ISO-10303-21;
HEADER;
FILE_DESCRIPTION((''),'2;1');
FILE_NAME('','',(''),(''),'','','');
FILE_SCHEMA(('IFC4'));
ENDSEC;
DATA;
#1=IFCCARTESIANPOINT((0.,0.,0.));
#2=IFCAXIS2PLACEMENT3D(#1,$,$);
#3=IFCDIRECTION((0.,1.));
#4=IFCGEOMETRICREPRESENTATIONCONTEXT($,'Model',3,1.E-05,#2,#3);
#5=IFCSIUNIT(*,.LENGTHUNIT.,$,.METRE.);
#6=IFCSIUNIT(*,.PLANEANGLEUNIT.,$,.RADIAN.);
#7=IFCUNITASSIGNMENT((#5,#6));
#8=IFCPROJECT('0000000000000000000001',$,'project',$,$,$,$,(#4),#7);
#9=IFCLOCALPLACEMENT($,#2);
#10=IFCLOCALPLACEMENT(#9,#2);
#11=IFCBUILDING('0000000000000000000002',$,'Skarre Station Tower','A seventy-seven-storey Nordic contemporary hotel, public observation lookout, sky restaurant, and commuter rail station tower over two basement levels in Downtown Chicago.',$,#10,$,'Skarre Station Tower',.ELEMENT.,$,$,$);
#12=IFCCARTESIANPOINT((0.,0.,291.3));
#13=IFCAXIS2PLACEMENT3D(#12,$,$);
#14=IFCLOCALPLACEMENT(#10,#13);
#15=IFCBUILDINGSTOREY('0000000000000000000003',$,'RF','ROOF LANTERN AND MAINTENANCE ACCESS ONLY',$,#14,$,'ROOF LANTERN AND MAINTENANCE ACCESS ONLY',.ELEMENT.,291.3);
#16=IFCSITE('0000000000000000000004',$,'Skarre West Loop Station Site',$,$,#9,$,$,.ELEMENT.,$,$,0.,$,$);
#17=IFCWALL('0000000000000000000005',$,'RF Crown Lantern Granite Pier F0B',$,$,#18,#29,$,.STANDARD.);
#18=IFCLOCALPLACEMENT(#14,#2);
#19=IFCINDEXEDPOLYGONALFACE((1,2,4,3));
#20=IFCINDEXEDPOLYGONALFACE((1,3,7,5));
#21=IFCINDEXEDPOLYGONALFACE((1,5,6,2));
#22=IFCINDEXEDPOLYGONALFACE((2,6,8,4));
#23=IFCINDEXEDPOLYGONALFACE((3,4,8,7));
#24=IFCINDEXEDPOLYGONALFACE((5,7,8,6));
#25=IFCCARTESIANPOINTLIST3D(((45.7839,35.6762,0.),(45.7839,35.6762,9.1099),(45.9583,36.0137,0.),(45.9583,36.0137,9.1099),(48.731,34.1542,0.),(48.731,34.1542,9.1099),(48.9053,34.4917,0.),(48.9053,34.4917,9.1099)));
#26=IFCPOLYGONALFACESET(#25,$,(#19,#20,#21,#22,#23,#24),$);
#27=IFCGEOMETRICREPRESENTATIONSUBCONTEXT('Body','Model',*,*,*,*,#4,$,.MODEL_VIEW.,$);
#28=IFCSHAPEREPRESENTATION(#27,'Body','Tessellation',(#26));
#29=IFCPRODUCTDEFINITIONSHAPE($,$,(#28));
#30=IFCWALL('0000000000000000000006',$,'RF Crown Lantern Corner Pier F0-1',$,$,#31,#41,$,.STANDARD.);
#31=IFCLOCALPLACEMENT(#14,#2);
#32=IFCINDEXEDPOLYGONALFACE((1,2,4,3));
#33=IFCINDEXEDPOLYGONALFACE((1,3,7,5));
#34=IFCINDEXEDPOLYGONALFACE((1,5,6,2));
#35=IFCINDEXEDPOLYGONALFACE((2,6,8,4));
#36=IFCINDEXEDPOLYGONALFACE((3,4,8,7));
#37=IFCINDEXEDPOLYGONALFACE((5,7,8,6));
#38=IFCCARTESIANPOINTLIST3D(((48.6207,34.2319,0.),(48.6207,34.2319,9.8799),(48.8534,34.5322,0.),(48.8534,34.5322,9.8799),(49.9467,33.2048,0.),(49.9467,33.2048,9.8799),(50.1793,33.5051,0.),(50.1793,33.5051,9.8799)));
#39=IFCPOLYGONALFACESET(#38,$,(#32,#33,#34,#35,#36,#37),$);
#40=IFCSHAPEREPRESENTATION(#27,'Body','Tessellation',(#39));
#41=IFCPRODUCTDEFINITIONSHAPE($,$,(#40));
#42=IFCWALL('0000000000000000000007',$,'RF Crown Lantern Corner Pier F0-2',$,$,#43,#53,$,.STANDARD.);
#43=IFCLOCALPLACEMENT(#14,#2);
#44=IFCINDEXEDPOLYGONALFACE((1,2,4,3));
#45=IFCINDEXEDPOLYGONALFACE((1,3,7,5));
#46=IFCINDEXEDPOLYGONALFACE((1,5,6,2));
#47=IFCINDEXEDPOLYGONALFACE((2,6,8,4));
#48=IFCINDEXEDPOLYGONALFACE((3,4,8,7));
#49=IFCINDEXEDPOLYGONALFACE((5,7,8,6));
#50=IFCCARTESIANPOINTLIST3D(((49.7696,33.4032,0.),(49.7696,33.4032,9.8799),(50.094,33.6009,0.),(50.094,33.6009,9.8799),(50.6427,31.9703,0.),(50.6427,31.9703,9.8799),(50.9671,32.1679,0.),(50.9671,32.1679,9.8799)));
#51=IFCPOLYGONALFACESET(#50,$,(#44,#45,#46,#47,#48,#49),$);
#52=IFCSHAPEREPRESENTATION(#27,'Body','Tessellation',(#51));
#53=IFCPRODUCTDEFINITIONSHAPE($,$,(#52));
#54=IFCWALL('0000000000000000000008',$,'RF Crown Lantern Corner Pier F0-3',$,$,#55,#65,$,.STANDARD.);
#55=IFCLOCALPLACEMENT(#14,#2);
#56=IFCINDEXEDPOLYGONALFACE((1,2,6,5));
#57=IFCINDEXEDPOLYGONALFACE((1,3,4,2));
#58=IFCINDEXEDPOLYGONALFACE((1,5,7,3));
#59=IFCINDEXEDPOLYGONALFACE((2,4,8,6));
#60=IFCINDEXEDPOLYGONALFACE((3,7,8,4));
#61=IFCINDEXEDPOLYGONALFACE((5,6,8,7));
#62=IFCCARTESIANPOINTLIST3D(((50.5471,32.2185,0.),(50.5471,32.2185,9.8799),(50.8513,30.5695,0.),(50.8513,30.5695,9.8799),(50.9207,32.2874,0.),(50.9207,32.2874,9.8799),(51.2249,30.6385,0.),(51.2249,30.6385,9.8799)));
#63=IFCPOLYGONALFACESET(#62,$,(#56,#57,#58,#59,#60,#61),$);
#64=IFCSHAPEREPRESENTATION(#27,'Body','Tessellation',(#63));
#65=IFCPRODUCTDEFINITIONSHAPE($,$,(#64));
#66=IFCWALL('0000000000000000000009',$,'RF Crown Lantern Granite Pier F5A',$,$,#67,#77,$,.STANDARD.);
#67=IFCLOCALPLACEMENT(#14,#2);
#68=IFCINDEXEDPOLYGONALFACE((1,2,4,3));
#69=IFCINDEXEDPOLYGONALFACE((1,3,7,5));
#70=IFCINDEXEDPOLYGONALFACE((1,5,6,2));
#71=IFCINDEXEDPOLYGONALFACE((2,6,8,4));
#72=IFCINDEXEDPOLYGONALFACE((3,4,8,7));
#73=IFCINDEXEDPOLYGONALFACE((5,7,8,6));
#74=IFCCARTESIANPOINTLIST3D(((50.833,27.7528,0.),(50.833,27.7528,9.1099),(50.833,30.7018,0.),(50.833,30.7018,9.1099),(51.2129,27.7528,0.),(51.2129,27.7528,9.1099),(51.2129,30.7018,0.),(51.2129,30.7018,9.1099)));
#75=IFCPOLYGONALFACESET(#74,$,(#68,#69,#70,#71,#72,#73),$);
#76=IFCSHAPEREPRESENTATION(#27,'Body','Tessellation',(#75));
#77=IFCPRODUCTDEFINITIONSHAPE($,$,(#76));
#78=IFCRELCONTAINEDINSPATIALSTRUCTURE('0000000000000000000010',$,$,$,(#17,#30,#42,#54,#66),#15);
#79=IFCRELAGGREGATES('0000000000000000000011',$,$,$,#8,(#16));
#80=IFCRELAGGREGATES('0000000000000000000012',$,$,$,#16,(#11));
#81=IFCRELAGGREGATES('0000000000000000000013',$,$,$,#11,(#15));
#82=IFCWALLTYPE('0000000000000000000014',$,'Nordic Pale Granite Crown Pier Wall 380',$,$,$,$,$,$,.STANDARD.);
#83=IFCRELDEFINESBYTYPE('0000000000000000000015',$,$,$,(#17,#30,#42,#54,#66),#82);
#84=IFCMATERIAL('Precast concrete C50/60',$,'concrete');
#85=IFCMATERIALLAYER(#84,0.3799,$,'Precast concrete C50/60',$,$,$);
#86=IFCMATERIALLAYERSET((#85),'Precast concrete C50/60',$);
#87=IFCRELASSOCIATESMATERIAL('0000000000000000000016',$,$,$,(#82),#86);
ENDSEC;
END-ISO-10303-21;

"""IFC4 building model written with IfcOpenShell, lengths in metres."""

from ifc_helpers import new_model, si_unit, direction, frame, frame_2d, origin, place, context, subcontext, project, spatial, rectangle, extrude, material, layer, layer_set, type_object, element, save


model = new_model("IFC4")

# Units and contexts
model_context = context("Model", 3, precision=1e-05, world=origin(), true_north=direction((0.0, 1.0)))
body_context = subcontext(model_context, "Body", "Model", "MODEL_VIEW")
ifc_project = project(units=[si_unit("LENGTHUNIT", "METRE"), si_unit("PLANEANGLEUNIT", "RADIAN")], contexts=[model_context])

# Site, building, storey
site_placement = place(None, origin())
site = spatial("IfcSite", under=ifc_project, at=site_placement, Name="Skarre West Loop Station Site", CompositionType="ELEMENT", RefElevation=0.0)
building_placement = place(site_placement, origin())
building = spatial("IfcBuilding", under=site, at=building_placement, Name="Skarre Station Tower", Description="A seventy-seven-storey Nordic contemporary hotel, public observation lookout, sky restaurant, and commuter rail station tower over two basement levels in Downtown Chicago.", LongName="Skarre Station Tower", CompositionType="ELEMENT")
storey_placement = place(building_placement, frame((0.0, 0.0, 291.3)))
storey = spatial("IfcBuildingStorey", under=building, at=storey_placement, Name="RF", Description="ROOF LANTERN AND MAINTENANCE ACCESS ONLY", LongName="ROOF LANTERN AND MAINTENANCE ACCESS ONLY", CompositionType="ELEMENT", Elevation=291.3)

# Walls
ifc_material_1 = material(Name="Precast concrete C50/60", Category="concrete")
ifc_layer_1 = layer(ifc_material_1, 0.3799, Name="Precast concrete C50/60")
ifc_layer_set_1 = layer_set([ifc_layer_1], Name="Precast concrete C50/60")
wall_type_1 = type_object("IfcWallType", Name="Nordic Pale Granite Crown Pier Wall 380", PredefinedType="STANDARD", material=ifc_layer_set_1)
wall_1_placement = place(storey_placement, frame((45.8711, 35.845, 0.0), z_axis=(0.0, 0.0, 1.0), x_axis=(0.888506, -0.458864, 0.0)))
element("IfcWall", 1, at=wall_1_placement, inside=storey, type_object=wall_type_1, Name="RF Crown Lantern Granite Pier F0B", PredefinedType="STANDARD", context=body_context, shape_type="SweptSolid", body=[
    extrude(rectangle(XDim=3.3169, YDim=0.3799, at=frame_2d((1.6584, 0.0))), origin(), (0.0, 0.0, 1.0), 9.1099),
])
wall_2_placement = place(storey_placement, frame((48.7371, 34.3821, 0.0), z_axis=(0.0, 0.0, 1.0), x_axis=(0.790558, -0.612387, 0.0)))
element("IfcWall", 2, at=wall_2_placement, inside=storey, type_object=wall_type_1, Name="RF Crown Lantern Corner Pier F0-1", PredefinedType="STANDARD", context=body_context, shape_type="SweptSolid", body=[
    extrude(rectangle(XDim=1.6772, YDim=0.3799, at=frame_2d((0.8386, 0.0))), origin(), (0.0, 0.0, 1.0), 9.8799),
])
wall_3_placement = place(storey_placement, frame((49.9319, 33.502, 0.0), z_axis=(0.0, 0.0, 1.0), x_axis=(0.520325, -0.853968, 0.0)))
element("IfcWall", 3, at=wall_3_placement, inside=storey, type_object=wall_type_1, Name="RF Crown Lantern Corner Pier F0-2", PredefinedType="STANDARD", context=body_context, shape_type="SweptSolid", body=[
    extrude(rectangle(XDim=1.678, YDim=0.3799, at=frame_2d((0.8389, 0.0))), origin(), (0.0, 0.0, 1.0), 9.8799),
])
wall_4_placement = place(storey_placement, frame((50.7339, 32.2529, 0.0), z_axis=(0.0, 0.0, 1.0), x_axis=(0.181422, -0.983405, 0.0)))
element("IfcWall", 4, at=wall_4_placement, inside=storey, type_object=wall_type_1, Name="RF Crown Lantern Corner Pier F0-3", PredefinedType="STANDARD", context=body_context, shape_type="SweptSolid", body=[
    extrude(rectangle(XDim=1.6768, YDim=0.3799, at=frame_2d((0.8384, 0.0))), origin(), (0.0, 0.0, 1.0), 9.8799),
])
wall_5_placement = place(storey_placement, frame((51.0229, 30.7019, 0.0), z_axis=(0.0, 0.0, 1.0), x_axis=(0.0, -1.0, 0.0)))
element("IfcWall", 5, at=wall_5_placement, inside=storey, type_object=wall_type_1, Name="RF Crown Lantern Granite Pier F5A", PredefinedType="STANDARD", context=body_context, shape_type="SweptSolid", body=[
    extrude(rectangle(XDim=2.949, YDim=0.3799, at=frame_2d((1.4746, 0.0))), origin(), (0.0, 0.0, 1.0), 9.1099),
])

save(model, "model.ifc")
